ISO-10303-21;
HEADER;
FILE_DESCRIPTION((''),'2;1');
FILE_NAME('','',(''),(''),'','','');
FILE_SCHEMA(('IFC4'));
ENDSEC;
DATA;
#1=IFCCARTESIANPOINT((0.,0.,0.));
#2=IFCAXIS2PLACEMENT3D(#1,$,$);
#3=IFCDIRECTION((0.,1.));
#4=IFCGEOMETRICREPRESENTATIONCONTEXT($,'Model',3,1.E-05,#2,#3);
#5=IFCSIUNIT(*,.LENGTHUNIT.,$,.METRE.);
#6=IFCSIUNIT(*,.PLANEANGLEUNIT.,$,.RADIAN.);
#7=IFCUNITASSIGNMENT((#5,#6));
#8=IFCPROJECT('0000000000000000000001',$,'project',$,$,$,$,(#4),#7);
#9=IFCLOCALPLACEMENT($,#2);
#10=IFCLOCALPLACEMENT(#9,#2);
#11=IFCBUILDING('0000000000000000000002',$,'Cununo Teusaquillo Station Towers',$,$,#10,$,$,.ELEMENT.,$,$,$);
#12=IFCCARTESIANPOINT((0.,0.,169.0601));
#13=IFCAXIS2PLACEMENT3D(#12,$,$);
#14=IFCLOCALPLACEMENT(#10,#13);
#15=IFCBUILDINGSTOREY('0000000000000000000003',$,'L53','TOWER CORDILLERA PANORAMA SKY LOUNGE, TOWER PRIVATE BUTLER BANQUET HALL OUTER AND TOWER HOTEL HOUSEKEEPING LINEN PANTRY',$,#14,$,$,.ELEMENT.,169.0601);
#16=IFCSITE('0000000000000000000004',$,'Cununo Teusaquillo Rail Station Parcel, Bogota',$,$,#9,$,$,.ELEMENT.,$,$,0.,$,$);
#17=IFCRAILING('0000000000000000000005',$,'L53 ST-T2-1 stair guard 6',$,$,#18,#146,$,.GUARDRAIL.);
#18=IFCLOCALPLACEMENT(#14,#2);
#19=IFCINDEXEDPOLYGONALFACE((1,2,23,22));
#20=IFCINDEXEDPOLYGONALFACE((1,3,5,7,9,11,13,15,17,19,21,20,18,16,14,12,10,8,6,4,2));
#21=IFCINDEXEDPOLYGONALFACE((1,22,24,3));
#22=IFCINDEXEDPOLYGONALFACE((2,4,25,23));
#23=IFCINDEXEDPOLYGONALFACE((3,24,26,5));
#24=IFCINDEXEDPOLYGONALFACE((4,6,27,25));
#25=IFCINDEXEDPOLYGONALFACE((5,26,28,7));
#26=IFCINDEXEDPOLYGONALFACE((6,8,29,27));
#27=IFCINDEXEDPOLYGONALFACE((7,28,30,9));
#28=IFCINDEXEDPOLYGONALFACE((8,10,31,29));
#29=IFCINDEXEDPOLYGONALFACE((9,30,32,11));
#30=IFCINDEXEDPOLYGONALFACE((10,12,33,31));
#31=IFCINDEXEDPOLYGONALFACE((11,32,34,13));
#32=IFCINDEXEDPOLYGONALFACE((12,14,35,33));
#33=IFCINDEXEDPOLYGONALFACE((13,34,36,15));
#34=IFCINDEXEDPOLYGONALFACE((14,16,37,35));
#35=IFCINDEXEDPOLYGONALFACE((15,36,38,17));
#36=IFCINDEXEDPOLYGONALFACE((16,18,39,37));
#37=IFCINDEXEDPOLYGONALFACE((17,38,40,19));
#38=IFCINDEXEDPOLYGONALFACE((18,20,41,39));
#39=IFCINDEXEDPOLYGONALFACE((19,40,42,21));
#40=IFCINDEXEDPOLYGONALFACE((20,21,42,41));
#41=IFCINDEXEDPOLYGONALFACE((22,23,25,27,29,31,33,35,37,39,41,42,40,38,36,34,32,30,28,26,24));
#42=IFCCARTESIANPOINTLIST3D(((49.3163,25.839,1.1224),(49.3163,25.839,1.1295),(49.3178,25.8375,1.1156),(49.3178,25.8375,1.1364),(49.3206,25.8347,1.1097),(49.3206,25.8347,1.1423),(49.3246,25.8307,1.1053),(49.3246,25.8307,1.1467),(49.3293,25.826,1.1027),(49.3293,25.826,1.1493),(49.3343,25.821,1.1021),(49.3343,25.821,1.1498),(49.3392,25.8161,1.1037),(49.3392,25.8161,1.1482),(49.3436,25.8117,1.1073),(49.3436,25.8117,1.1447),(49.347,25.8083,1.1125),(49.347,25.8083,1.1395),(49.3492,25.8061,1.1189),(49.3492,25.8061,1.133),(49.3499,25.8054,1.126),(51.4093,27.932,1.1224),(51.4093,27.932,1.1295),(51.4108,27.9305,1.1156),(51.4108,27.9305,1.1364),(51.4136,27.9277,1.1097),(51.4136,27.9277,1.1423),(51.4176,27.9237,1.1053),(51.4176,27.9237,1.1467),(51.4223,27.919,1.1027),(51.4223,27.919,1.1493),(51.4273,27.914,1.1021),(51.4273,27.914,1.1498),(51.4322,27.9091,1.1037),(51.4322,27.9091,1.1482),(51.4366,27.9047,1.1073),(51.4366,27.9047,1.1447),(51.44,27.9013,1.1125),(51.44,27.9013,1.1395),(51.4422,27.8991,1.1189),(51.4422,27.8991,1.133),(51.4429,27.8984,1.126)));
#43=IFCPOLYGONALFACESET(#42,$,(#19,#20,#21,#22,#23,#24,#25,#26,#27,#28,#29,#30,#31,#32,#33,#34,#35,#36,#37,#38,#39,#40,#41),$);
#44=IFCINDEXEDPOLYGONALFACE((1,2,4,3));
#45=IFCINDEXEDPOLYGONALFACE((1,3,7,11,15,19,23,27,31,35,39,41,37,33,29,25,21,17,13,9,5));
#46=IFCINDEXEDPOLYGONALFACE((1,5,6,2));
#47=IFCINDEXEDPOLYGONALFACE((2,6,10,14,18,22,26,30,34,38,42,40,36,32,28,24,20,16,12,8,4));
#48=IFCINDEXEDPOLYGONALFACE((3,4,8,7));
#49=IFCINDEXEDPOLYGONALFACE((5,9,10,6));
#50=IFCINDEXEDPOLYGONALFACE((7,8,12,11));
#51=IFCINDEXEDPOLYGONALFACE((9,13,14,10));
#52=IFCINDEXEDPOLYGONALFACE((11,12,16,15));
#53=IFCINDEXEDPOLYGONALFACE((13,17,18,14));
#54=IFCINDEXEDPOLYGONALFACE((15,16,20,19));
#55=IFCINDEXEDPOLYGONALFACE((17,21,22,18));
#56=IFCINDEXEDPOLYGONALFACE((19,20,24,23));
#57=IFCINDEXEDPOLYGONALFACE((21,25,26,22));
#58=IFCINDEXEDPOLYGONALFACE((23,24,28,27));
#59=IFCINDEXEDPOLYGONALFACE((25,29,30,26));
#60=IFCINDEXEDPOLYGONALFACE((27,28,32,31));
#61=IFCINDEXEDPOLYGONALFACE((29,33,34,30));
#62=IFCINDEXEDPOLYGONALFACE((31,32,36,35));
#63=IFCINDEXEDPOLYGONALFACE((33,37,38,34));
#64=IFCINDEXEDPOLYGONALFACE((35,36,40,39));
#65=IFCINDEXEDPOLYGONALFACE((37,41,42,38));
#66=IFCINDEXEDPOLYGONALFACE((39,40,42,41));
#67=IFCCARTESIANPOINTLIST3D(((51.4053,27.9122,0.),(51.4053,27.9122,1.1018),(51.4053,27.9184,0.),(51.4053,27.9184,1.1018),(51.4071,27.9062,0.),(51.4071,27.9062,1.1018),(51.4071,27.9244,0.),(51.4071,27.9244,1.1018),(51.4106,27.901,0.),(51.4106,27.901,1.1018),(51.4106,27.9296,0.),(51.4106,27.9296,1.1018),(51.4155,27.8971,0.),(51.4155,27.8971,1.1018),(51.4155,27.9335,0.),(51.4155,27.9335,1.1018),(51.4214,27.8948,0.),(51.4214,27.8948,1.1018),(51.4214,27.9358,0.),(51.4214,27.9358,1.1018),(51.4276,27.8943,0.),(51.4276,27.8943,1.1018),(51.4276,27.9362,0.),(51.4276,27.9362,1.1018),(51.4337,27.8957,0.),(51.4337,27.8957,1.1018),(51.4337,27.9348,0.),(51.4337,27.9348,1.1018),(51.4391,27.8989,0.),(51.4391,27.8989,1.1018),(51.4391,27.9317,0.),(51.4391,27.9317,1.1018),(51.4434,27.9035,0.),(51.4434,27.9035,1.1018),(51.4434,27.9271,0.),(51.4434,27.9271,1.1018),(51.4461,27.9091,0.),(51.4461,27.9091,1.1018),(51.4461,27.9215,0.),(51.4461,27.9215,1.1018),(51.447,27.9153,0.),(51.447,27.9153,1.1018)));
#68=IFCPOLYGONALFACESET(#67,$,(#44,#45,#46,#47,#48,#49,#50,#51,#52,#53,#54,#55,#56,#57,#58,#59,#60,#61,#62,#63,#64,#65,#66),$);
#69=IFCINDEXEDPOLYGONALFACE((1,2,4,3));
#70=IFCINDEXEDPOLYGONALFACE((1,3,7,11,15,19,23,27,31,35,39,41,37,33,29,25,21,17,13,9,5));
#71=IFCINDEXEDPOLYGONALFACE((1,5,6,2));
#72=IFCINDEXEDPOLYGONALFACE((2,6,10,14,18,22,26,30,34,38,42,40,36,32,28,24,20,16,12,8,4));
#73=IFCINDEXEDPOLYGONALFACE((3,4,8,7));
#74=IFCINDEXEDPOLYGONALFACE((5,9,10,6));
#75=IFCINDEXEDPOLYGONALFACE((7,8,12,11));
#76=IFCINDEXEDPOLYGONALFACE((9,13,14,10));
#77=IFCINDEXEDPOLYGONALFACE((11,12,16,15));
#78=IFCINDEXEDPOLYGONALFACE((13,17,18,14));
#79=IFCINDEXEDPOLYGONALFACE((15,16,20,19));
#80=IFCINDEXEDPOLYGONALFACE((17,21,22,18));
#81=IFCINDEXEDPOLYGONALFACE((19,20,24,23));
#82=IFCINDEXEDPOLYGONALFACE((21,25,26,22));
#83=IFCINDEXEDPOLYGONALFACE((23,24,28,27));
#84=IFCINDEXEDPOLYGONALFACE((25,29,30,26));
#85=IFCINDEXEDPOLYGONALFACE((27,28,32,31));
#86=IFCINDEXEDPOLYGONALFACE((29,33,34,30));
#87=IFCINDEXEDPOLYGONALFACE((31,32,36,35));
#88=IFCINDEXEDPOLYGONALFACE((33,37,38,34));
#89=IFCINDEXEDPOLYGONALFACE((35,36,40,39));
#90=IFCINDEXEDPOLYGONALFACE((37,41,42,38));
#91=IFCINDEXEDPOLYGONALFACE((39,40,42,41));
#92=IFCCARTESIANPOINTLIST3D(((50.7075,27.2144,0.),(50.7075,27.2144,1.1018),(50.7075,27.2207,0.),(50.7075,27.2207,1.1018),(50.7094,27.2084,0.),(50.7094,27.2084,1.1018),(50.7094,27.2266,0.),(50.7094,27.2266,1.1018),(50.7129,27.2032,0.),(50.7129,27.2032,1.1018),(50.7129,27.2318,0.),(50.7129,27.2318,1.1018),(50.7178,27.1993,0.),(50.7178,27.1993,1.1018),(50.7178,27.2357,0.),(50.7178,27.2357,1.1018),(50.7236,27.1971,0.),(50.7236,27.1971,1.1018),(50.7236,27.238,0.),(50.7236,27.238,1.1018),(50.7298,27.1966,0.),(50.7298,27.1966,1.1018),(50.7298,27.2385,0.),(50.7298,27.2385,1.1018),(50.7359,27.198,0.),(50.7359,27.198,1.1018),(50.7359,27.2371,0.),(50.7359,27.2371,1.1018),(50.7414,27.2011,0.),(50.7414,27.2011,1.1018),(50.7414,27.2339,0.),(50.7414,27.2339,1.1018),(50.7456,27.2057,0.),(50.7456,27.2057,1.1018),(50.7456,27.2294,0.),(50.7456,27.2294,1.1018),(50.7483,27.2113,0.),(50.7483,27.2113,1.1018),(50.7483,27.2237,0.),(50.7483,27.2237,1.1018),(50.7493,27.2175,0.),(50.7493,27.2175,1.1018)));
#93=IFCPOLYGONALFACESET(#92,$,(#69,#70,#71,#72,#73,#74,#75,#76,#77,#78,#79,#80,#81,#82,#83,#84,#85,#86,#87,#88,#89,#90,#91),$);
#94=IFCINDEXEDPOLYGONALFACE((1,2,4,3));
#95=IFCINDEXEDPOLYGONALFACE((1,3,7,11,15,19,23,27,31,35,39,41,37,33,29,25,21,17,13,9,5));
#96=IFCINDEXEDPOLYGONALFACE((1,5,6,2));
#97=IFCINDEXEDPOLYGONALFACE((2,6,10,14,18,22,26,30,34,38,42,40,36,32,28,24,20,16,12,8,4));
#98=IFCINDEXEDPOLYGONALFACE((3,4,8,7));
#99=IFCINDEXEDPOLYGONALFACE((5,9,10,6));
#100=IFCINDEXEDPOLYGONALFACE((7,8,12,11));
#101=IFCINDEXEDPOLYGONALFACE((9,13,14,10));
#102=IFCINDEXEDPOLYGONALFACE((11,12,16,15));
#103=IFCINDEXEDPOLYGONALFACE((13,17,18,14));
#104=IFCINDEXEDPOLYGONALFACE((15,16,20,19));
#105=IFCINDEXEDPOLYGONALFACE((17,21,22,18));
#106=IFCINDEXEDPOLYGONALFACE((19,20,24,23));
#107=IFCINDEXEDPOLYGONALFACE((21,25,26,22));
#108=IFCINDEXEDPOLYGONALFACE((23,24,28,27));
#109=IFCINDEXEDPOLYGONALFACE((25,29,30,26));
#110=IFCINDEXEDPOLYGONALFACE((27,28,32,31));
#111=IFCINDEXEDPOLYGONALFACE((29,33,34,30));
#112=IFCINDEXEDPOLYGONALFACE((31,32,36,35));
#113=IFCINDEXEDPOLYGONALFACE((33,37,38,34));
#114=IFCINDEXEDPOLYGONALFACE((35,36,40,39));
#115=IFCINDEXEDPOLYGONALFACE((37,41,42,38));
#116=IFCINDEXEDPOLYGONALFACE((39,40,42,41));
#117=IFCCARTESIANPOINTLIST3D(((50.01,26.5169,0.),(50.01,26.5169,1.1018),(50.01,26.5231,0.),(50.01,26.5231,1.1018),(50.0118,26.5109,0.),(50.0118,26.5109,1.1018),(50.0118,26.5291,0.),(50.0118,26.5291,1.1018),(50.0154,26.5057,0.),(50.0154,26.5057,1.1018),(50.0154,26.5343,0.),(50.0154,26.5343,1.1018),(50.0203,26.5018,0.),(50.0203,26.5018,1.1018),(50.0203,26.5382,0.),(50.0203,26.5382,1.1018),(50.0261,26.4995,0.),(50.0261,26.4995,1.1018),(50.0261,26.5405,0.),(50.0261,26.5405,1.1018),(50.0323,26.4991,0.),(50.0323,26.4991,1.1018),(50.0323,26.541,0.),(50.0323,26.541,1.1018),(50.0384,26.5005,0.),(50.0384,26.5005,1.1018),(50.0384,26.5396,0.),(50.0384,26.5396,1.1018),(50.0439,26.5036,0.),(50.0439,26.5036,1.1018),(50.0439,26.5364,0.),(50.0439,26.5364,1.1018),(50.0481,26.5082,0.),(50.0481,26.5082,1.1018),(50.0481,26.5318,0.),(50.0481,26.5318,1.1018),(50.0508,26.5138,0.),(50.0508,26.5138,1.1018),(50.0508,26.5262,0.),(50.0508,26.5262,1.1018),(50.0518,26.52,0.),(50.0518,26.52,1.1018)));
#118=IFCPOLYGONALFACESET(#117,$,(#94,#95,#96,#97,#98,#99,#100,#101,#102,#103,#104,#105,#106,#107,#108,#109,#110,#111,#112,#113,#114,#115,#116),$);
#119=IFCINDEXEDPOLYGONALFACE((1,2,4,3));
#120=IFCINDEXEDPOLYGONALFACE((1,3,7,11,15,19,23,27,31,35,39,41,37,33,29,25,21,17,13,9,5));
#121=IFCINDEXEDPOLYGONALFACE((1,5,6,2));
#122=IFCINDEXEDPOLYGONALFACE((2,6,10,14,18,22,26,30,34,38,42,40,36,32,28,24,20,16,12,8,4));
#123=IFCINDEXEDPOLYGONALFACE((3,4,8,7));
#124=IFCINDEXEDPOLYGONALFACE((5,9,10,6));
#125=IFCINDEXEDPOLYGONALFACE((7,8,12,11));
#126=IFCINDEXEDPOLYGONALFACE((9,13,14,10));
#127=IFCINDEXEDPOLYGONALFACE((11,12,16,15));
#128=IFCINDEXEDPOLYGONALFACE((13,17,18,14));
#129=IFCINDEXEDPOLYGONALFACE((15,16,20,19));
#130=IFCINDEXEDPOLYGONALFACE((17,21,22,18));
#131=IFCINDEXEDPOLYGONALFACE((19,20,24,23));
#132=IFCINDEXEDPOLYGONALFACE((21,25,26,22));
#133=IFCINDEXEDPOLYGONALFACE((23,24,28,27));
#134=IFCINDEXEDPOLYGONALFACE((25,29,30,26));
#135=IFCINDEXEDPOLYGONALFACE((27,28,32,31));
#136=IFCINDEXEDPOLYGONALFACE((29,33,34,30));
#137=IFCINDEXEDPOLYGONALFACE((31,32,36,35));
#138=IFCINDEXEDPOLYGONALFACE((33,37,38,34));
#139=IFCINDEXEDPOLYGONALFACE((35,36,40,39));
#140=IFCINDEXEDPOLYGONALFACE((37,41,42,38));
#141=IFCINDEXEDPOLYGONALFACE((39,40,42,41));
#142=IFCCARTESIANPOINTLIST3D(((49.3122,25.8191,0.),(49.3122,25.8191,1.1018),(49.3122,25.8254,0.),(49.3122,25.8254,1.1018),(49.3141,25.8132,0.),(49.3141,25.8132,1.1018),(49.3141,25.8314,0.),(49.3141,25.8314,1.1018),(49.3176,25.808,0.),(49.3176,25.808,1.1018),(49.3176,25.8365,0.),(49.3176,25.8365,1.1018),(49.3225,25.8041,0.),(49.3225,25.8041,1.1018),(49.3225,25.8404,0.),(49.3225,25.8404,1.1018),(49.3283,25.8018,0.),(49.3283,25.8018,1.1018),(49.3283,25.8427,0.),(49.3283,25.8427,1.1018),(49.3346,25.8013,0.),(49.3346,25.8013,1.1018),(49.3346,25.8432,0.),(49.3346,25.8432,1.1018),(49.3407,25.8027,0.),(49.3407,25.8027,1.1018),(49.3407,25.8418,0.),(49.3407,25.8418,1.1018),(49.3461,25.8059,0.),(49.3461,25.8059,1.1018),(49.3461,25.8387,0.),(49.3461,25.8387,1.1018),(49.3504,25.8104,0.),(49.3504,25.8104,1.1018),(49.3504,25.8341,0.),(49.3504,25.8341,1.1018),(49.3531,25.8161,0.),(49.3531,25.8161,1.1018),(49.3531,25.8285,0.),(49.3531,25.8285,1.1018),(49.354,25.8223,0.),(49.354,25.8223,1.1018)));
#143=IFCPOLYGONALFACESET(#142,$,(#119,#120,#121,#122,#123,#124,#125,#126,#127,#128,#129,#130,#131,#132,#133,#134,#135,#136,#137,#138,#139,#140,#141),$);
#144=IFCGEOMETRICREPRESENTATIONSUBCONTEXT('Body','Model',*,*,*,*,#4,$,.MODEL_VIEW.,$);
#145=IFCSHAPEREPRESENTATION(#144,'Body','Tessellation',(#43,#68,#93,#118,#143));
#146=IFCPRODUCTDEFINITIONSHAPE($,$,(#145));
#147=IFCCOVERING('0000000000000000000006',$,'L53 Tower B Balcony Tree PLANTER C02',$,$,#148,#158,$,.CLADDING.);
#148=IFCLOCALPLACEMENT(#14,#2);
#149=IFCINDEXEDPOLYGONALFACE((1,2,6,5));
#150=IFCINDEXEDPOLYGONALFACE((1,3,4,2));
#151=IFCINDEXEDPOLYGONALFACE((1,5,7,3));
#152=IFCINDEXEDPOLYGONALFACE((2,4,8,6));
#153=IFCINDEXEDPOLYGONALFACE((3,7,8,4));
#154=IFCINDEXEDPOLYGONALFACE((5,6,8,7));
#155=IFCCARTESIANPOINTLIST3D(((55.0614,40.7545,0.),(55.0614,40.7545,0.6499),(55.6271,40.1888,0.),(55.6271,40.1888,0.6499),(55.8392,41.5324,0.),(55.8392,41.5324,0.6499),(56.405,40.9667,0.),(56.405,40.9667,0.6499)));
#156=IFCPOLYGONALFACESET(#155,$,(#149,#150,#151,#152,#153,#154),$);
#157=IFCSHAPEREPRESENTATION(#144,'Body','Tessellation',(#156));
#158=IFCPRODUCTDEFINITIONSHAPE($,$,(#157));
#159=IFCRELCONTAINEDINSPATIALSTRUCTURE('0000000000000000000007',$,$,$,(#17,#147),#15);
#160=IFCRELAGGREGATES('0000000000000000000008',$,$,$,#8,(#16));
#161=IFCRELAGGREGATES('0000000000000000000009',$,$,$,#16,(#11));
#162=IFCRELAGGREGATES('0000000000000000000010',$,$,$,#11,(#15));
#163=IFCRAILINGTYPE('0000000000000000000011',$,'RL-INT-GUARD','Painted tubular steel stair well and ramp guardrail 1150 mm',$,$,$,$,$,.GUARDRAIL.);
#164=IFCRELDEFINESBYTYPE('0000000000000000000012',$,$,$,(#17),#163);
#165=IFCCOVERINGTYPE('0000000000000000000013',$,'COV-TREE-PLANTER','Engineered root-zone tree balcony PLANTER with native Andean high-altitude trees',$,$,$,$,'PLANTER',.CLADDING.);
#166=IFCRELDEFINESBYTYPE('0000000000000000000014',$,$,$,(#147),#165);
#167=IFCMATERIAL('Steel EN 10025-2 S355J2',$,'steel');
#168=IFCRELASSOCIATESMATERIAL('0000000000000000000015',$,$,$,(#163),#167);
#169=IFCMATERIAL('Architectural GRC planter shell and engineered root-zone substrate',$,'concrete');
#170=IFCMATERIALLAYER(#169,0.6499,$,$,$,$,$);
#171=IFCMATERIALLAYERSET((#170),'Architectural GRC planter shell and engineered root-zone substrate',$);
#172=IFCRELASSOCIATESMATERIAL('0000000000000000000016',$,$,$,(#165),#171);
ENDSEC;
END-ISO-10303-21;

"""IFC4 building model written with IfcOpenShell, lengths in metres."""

from ifc_helpers import new_model, si_unit, direction, frame, origin, origin_2d, place, context, subcontext, project, spatial, rectangle, circle, extrude, source, transform, mapped, material, layer, layer_set, type_object, element, save


model = new_model("IFC4")

# Units and contexts
model_context = context("Model", 3, precision=1e-05, world=origin(), true_north=direction((0.0, 1.0)))
body_context = subcontext(model_context, "Body", "Model", "MODEL_VIEW")
ifc_project = project(units=[si_unit("LENGTHUNIT", "METRE"), si_unit("PLANEANGLEUNIT", "RADIAN")], contexts=[model_context])

# Site, building, storey
site_placement = place(None, origin())
site = spatial("IfcSite", under=ifc_project, at=site_placement, Name="Cununo Teusaquillo Rail Station Parcel, Bogota", CompositionType="ELEMENT", RefElevation=0.0)
building_placement = place(site_placement, origin())
building = spatial("IfcBuilding", under=site, at=building_placement, Name="Cununo Teusaquillo Station Towers", CompositionType="ELEMENT")
storey_placement = place(building_placement, frame((0.0, 0.0, 169.0601)))
storey = spatial("IfcBuildingStorey", under=building, at=storey_placement, Name="L53", Description="TOWER CORDILLERA PANORAMA SKY LOUNGE, TOWER PRIVATE BUTLER BANQUET HALL OUTER AND TOWER HOTEL HOUSEKEEPING LINEN PANTRY", CompositionType="ELEMENT", Elevation=169.0601)

# Railing
ifc_material_1 = material(Name="Steel EN 10025-2 S355J2", Category="steel")
railing_type_1 = type_object("IfcRailingType", Name="RL-INT-GUARD", Description="Painted tubular steel stair well and ramp guardrail 1150 mm", PredefinedType="GUARDRAIL", material=ifc_material_1)
railing_1_placement = place(storey_placement, frame((51.426, 27.9153, 0.0)))
element("IfcRailing", 1, at=railing_1_placement, inside=storey, type_object=railing_type_1, Name="L53 ST-T2-1 stair guard 6", PredefinedType="GUARDRAIL", context=body_context, shape_type="SweptSolid", body=[
    extrude(circle(Radius=0.0239, at=origin_2d()), frame((0.0, 0.0, 1.126), z_axis=(-0.707107, -0.707107, 0.0), x_axis=(0.707107, -0.707107, 0.0)), (0.0, 0.0, 1.0), 2.96),
    extrude(circle(Radius=0.021, at=origin_2d()), origin(), (0.0, 0.0, 1.0), 1.1018),
    extrude(circle(Radius=0.021, at=origin_2d()), frame((-0.6978, -0.6978, 0.0)), (0.0, 0.0, 1.0), 1.1018),
    extrude(circle(Radius=0.021, at=origin_2d()), frame((-1.3953, -1.3953, 0.0)), (0.0, 0.0, 1.0), 1.1018),
    extrude(circle(Radius=0.021, at=origin_2d()), frame((-2.093, -2.093, 0.0)), (0.0, 0.0, 1.0), 1.1018),
])

# Covering
ifc_material_2 = material(Name="Architectural GRC planter shell and engineered root-zone substrate", Category="concrete")
ifc_layer_1 = layer(ifc_material_2, 0.6499)
ifc_layer_set_1 = layer_set([ifc_layer_1], Name="Architectural GRC planter shell and engineered root-zone substrate")
covering_type = type_object("IfcCoveringType", Name="COV-TREE-PLANTER", Description="Engineered root-zone tree balcony PLANTER with native Andean high-altitude trees", ElementType="PLANTER", PredefinedType="CLADDING", material=ifc_layer_set_1)
shared_shape_1 = source(origin(), body_context, "Body", "SweptSolid", [
    extrude(rectangle(XDim=1.1001, YDim=0.8, at=origin_2d()), origin(), (0.0, 0.0, 1.0), 0.6499),
])
covering_placement = place(storey_placement, frame((55.7332, 40.8606, 0.0), z_axis=(0.0, 0.0, 1.0), x_axis=(0.707107, 0.707107, 0.0)))
element("IfcCovering", 2, at=covering_placement, inside=storey, type_object=covering_type, Name="L53 Tower B Balcony Tree PLANTER C02", PredefinedType="CLADDING", context=body_context, shape_type="MappedRepresentation", body=[
    mapped(shared_shape_1, transform((0.0, 0.0, 0.0), x_axis=(1.0, 0.0, 0.0), y_axis=(0.0, 1.0, 0.0), z_axis=(0.0, 0.0, 1.0), scale=1.0)),
])

save(model, "model.ifc")
